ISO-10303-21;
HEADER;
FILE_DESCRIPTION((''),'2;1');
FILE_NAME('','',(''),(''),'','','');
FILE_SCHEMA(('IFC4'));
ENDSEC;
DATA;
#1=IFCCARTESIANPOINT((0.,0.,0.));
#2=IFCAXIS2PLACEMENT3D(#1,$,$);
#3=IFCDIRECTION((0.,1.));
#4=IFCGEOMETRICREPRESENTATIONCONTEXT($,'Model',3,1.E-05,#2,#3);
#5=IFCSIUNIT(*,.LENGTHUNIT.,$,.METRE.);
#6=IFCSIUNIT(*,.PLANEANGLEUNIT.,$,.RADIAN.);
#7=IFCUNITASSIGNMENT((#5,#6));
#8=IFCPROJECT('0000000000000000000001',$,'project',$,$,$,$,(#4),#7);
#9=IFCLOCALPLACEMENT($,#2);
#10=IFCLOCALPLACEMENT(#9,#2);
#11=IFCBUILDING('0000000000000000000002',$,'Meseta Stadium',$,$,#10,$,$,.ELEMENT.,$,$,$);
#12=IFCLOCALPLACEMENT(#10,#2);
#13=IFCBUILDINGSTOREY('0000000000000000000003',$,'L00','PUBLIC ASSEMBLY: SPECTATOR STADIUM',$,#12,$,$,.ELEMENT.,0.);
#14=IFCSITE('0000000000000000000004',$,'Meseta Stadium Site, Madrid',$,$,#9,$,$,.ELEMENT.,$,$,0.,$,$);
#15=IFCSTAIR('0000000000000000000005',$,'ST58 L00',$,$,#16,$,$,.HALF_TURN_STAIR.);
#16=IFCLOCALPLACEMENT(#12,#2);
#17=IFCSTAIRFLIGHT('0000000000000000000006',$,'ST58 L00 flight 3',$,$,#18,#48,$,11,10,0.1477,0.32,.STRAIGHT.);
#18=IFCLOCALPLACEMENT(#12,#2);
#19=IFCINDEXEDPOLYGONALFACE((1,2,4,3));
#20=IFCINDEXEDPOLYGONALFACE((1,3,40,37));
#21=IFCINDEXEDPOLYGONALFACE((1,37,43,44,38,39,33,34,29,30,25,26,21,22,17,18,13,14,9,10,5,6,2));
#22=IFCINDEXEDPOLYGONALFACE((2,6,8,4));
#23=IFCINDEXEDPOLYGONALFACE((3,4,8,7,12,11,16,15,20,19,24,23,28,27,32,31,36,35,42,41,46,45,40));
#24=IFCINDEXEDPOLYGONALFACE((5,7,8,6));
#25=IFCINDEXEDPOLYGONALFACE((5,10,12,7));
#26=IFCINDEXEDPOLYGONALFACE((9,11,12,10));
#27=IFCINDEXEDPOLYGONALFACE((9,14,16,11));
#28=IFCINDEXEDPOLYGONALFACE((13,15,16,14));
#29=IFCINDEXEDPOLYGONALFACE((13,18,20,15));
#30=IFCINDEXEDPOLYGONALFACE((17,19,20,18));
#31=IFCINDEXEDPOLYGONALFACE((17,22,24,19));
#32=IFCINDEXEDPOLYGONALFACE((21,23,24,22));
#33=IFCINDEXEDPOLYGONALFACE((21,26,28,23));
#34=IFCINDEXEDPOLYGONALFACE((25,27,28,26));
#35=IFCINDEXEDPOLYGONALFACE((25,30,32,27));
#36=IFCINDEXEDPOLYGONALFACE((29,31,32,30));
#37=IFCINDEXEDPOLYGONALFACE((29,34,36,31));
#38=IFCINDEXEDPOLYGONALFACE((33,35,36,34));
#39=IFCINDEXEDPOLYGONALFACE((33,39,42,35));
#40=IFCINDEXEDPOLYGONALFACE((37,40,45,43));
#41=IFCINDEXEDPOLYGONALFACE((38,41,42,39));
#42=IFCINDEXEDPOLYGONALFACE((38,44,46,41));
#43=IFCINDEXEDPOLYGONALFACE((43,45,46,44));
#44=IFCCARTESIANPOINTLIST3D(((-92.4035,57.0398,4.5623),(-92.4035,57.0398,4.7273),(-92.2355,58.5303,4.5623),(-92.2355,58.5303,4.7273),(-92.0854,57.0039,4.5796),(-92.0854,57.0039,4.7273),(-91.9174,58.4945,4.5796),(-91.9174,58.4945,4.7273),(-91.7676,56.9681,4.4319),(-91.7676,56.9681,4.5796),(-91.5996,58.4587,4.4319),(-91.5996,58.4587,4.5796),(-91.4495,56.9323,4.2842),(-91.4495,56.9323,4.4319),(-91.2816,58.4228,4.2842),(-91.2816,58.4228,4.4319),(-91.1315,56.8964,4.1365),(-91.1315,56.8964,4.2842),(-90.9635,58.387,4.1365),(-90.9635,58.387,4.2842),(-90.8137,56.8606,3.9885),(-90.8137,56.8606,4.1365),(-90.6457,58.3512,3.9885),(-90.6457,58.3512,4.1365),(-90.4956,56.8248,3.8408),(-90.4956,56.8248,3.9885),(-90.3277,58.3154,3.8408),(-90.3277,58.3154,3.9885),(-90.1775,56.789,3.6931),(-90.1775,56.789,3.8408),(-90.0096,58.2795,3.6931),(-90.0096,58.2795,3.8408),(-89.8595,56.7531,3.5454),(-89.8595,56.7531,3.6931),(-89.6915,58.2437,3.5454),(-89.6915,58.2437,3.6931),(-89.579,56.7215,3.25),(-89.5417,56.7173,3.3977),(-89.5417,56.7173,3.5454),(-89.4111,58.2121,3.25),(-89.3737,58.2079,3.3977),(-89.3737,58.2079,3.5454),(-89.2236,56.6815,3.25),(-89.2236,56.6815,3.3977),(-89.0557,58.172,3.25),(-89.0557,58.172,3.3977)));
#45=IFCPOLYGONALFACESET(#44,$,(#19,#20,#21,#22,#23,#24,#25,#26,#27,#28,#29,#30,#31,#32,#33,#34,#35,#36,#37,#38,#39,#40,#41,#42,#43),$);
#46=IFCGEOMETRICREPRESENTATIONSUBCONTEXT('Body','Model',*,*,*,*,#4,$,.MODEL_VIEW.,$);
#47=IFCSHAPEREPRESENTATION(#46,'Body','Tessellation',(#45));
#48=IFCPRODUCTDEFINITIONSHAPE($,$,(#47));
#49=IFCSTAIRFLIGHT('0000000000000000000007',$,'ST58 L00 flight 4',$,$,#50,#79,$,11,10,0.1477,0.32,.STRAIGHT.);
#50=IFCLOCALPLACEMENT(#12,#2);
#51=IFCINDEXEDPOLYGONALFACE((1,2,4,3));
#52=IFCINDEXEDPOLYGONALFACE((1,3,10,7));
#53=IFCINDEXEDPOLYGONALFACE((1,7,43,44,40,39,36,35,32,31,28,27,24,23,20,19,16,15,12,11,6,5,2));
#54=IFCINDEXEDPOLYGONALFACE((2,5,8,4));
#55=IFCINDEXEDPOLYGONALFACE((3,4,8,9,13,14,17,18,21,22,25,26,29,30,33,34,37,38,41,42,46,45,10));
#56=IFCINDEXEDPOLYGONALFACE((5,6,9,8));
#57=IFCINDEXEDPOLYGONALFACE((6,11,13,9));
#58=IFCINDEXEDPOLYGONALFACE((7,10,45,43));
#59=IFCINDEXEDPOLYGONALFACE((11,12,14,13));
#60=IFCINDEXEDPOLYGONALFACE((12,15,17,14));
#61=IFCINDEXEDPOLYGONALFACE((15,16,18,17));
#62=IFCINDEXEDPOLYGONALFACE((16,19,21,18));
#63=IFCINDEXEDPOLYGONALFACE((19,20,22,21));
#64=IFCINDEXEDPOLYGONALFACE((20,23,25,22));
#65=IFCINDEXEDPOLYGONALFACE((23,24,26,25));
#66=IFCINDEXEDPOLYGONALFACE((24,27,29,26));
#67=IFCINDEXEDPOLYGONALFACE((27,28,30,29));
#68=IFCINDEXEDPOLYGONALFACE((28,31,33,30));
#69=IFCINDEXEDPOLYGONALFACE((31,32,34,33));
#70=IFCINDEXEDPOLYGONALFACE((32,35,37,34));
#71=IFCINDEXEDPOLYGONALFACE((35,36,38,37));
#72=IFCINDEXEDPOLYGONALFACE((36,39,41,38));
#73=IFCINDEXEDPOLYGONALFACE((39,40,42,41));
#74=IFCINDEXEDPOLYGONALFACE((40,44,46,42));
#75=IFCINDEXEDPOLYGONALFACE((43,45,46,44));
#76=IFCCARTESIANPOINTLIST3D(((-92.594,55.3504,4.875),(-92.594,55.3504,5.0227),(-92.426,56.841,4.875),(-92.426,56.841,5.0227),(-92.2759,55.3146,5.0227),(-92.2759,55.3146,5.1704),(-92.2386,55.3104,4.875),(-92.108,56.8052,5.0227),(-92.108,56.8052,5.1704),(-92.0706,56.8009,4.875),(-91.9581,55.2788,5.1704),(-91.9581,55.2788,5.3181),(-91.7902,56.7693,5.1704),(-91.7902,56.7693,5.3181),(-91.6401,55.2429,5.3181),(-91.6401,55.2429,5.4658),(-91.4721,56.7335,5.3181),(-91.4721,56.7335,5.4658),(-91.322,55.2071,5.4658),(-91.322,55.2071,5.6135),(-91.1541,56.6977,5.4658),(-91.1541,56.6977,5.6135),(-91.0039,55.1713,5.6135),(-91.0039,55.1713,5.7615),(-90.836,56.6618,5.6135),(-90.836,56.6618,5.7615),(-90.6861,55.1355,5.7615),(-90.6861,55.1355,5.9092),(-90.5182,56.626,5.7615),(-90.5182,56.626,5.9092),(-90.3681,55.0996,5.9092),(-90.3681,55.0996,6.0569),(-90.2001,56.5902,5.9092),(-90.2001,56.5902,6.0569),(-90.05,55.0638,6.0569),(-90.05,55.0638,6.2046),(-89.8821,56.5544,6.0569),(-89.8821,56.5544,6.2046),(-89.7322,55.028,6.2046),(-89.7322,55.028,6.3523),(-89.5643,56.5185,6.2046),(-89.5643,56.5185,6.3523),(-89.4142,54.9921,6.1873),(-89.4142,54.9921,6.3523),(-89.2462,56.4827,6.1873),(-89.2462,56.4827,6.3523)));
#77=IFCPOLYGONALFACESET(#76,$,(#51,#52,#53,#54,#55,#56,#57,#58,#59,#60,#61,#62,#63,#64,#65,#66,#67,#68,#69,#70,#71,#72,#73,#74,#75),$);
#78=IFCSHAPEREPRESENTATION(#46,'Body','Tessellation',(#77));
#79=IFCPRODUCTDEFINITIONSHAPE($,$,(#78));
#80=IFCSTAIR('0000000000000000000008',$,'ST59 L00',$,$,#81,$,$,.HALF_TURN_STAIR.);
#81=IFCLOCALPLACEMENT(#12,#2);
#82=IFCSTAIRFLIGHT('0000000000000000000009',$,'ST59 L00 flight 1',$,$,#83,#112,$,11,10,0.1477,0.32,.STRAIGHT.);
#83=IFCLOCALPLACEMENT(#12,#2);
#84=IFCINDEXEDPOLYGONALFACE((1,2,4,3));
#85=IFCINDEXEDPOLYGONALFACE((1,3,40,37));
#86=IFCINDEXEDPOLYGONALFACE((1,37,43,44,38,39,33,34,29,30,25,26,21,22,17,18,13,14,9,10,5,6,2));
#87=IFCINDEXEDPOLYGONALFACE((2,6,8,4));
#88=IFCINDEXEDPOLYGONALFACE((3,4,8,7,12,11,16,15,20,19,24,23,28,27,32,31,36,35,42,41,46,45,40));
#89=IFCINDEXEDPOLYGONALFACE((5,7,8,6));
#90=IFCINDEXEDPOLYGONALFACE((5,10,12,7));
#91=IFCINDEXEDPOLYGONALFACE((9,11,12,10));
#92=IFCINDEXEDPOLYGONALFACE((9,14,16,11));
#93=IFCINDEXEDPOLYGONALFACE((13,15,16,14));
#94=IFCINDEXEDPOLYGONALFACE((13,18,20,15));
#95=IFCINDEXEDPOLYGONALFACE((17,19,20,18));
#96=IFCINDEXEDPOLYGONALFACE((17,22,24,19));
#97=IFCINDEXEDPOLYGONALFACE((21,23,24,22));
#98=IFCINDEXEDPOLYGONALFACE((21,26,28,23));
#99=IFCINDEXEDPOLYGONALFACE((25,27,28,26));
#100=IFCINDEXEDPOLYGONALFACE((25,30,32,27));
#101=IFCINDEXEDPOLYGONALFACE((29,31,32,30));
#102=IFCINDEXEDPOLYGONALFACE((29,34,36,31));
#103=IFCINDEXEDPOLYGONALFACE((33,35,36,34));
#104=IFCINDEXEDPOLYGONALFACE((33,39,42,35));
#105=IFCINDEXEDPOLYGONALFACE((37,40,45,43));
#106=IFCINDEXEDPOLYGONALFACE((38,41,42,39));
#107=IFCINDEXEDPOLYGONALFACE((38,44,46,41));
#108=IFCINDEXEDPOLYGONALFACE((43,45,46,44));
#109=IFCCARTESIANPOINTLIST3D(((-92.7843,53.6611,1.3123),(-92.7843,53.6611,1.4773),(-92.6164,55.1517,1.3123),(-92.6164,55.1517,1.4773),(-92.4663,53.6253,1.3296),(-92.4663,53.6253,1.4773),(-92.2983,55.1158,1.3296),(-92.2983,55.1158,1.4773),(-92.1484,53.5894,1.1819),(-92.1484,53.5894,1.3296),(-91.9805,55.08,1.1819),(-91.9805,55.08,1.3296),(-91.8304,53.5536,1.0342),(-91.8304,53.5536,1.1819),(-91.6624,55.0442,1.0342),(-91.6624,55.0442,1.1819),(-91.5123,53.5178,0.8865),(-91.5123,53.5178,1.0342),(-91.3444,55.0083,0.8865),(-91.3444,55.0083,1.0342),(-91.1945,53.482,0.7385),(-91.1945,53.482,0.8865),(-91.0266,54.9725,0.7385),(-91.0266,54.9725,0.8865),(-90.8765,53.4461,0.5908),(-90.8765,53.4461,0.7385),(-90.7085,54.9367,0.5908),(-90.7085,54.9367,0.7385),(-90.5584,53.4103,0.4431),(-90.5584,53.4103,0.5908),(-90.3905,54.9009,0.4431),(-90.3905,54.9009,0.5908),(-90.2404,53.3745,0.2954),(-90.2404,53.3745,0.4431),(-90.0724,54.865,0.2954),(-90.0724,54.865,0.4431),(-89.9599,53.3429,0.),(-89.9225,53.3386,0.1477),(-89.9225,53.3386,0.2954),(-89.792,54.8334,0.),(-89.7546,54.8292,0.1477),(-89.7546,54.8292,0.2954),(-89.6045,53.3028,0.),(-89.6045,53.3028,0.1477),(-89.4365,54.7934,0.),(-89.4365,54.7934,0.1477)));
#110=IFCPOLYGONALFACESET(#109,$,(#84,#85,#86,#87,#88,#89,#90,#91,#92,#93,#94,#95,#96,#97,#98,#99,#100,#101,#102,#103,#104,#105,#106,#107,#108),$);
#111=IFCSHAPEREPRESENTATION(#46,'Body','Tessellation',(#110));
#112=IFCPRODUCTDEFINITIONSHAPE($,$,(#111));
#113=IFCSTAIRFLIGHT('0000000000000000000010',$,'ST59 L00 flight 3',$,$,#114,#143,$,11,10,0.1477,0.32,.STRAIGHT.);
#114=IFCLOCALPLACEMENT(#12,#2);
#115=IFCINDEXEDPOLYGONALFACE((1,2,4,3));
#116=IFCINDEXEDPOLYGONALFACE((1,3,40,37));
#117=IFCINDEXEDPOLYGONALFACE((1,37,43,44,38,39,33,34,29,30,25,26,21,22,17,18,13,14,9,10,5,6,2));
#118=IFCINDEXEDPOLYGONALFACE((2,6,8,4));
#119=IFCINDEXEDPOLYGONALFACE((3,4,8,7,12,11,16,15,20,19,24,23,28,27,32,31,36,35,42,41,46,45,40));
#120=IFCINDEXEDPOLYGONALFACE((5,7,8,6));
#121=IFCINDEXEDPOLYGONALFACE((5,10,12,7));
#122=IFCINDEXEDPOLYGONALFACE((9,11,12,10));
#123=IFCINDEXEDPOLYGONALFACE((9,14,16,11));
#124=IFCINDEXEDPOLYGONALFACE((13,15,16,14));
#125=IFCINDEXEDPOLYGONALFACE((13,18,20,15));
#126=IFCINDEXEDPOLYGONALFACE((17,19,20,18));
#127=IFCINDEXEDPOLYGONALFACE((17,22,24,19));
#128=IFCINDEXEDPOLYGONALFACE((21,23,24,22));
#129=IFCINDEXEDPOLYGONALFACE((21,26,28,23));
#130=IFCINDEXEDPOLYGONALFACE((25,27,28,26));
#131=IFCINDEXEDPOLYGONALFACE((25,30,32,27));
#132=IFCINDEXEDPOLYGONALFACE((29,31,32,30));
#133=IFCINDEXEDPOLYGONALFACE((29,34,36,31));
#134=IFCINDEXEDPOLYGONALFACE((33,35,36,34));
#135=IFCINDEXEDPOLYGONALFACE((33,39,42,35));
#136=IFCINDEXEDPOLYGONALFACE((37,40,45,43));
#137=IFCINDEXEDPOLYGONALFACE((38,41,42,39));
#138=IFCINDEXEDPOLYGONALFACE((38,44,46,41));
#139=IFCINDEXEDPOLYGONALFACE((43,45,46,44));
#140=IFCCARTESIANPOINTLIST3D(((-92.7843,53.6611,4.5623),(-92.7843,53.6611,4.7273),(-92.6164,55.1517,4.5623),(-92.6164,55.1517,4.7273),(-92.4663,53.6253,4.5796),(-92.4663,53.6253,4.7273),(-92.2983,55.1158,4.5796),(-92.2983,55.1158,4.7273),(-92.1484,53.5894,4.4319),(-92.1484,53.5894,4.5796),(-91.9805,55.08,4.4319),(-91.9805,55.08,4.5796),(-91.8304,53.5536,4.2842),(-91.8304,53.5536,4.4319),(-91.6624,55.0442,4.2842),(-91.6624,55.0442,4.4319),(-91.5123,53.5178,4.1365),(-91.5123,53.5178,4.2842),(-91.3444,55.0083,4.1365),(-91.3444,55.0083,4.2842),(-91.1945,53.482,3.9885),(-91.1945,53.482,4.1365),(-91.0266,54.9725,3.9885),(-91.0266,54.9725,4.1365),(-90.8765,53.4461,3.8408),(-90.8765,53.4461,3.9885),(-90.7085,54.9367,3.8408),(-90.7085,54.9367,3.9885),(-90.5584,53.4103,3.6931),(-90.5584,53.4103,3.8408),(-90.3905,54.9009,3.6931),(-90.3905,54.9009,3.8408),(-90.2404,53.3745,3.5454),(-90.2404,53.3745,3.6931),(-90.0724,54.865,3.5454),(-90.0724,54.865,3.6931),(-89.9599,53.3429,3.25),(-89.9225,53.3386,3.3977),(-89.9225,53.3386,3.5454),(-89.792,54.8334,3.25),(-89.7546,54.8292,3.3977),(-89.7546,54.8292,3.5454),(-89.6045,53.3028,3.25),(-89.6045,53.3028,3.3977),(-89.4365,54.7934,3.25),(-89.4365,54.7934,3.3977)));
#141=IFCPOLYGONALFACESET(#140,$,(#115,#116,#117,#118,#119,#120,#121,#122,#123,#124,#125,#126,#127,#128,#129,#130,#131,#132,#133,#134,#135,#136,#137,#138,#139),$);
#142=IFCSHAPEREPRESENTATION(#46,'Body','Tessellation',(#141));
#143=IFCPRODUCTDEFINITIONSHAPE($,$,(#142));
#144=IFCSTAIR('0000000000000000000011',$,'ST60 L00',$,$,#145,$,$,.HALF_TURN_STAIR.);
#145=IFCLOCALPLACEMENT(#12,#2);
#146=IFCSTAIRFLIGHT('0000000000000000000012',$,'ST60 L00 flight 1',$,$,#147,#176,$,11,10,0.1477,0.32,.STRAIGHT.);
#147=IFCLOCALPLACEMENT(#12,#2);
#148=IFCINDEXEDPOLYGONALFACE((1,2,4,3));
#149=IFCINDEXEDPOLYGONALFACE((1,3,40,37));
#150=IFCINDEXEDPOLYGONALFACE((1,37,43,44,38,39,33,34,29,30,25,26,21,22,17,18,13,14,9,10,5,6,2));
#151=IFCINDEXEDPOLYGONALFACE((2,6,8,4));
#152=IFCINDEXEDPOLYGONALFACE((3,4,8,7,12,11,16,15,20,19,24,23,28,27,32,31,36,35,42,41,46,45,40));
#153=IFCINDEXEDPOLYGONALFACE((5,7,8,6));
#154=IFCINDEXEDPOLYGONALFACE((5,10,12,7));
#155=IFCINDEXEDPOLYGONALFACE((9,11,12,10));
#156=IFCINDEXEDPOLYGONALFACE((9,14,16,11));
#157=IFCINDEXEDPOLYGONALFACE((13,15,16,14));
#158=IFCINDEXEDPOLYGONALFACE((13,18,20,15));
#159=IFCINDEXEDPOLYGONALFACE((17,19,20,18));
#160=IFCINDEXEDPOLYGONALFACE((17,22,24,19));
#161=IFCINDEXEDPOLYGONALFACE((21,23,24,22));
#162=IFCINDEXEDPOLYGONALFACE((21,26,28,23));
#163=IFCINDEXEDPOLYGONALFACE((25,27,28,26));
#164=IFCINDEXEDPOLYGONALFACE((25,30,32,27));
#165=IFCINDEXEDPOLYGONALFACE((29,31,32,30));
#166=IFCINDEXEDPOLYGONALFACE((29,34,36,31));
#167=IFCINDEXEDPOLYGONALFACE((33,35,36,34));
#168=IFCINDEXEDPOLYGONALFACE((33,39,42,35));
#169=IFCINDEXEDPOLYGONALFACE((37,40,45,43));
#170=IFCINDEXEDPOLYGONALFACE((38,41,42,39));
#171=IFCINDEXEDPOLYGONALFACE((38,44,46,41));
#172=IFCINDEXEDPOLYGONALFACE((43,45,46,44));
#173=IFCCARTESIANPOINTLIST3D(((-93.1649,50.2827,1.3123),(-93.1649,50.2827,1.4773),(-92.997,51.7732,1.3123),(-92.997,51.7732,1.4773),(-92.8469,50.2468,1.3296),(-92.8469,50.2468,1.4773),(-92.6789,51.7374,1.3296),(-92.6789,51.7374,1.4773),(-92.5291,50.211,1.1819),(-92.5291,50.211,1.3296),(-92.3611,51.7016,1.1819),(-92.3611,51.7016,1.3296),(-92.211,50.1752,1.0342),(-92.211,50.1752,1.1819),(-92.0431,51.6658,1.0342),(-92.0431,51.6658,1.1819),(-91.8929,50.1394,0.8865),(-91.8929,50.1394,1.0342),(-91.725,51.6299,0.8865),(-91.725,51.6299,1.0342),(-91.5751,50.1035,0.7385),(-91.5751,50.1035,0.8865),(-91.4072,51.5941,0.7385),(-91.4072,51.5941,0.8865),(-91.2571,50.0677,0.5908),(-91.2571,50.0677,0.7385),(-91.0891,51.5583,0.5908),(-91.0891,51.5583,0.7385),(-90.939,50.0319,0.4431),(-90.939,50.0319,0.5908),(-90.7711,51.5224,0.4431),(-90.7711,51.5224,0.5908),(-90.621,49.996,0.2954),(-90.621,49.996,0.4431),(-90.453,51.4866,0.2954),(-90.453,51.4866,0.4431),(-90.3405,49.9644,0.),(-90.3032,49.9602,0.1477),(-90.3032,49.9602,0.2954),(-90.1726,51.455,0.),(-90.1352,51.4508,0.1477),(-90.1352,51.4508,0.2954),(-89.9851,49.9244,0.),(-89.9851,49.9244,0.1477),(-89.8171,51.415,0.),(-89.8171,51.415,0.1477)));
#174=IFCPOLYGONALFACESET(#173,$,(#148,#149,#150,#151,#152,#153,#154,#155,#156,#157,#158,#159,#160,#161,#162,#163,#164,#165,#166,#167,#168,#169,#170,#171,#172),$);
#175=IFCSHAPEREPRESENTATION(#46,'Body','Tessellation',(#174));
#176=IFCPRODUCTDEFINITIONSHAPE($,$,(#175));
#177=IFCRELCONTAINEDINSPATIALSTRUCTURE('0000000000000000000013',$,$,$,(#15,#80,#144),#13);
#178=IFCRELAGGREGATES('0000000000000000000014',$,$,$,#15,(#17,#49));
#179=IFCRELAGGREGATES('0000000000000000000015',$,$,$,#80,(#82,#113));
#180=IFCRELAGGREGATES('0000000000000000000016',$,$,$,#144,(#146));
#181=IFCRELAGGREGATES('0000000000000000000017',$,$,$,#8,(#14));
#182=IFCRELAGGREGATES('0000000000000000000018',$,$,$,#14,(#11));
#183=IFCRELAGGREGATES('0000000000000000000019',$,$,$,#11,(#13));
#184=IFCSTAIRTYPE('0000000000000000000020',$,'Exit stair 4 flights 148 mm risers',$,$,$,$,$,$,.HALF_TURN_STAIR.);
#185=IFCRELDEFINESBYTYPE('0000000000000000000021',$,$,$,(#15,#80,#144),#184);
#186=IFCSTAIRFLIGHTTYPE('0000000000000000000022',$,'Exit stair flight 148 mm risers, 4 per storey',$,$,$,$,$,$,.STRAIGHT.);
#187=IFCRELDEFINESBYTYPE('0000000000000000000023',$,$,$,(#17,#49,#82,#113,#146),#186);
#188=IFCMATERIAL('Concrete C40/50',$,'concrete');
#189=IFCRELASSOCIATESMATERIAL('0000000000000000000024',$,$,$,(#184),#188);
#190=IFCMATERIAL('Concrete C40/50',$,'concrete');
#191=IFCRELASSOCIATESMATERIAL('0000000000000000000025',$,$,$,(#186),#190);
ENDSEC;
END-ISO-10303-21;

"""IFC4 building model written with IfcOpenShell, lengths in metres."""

from ifc_helpers import new_model, si_unit, direction, frame, origin, place, context, subcontext, project, spatial, polyline, outline, extrude, material, type_object, element, aggregate, save


model = new_model("IFC4")

# Units and contexts
model_context = context("Model", 3, precision=1e-05, world=origin(), true_north=direction((0.0, 1.0)))
body_context = subcontext(model_context, "Body", "Model", "MODEL_VIEW")
ifc_project = project(units=[si_unit("LENGTHUNIT", "METRE"), si_unit("PLANEANGLEUNIT", "RADIAN")], contexts=[model_context])

# Site, building, storey
site_placement = place(None, origin())
site = spatial("IfcSite", under=ifc_project, at=site_placement, Name="Meseta Stadium Site, Madrid", CompositionType="ELEMENT", RefElevation=0.0)
building_placement = place(site_placement, origin())
building = spatial("IfcBuilding", under=site, at=building_placement, Name="Meseta Stadium", CompositionType="ELEMENT")
storey_placement = place(building_placement, origin())
storey = spatial("IfcBuildingStorey", under=building, at=storey_placement, Name="L00", Description="PUBLIC ASSEMBLY: SPECTATOR STADIUM", CompositionType="ELEMENT", Elevation=0.0)

# Stairs, stair flights
ifc_material_1 = material(Name="Concrete C40/50", Category="concrete")
stair_type = type_object("IfcStairType", Name="Exit stair 4 flights 148 mm risers", PredefinedType="HALF_TURN_STAIR", material=ifc_material_1)
ifc_material_2 = material(Name="Concrete C40/50", Category="concrete")
stair_flight_type = type_object("IfcStairFlightType", Name="Exit stair flight 148 mm risers, 4 per storey", PredefinedType="STRAIGHT", material=ifc_material_2)
stair_1_placement = place(storey_placement, origin())
stair_1 = element("IfcStair", 1, at=stair_1_placement, inside=storey, type_object=stair_type, Name="ST58 L00", PredefinedType="HALF_TURN_STAIR")
stair_flight_1_placement = place(storey_placement, frame((-89.1396, 57.4268, 3.25), z_axis=(0.0, 0.0, 1.0), x_axis=(-0.993712, 0.111964, 0.0)))
stair_flight_1 = element("IfcStairFlight", 2, at=stair_flight_1_placement, type_object=stair_flight_type, Name="ST58 L00 flight 3", NumberOfRisers=11, NumberOfTreads=10, PredefinedType="STRAIGHT", RiserHeight=0.1477, TreadLength=0.32, context=body_context, shape_type="SweptSolid", body=[
    extrude(outline(polyline([(0.0, 0.0), (0.0, 0.1477), (0.3201, 0.1477), (0.3201, 0.2954), (0.6399, 0.2954), (0.6399, 0.4431), (0.96, 0.4431), (0.96, 0.5908), (1.28, 0.5908), (1.28, 0.7385), (1.6001, 0.7385), (1.6001, 0.8865), (1.9199, 0.8865), (1.9199, 1.0342), (2.24, 1.0342), (2.24, 1.1819), (2.5601, 1.1819), (2.5601, 1.3296), (2.8799, 1.3296), (2.8799, 1.4773), (3.2, 1.4773), (3.2, 1.3123), (0.3577, 0.0), (0.0, 0.0)])), frame((0.0, 0.75, 0.0), z_axis=(0.0, -1.0, 0.0), x_axis=(1.0, 0.0, 0.0)), (0.0, 0.0, 1.0), 1.5),
])
stair_flight_2_placement = place(storey_placement, frame((-92.51, 56.0957, 4.875), z_axis=(0.0, 0.0, 1.0), x_axis=(0.993712, -0.111964, 0.0)))
stair_flight_2 = element("IfcStairFlight", 3, at=stair_flight_2_placement, type_object=stair_flight_type, Name="ST58 L00 flight 4", NumberOfRisers=11, NumberOfTreads=10, PredefinedType="STRAIGHT", RiserHeight=0.1477, TreadLength=0.32, context=body_context, shape_type="SweptSolid", body=[
    extrude(outline(polyline([(0.0, 0.0), (0.0, 0.1477), (0.3201, 0.1477), (0.3201, 0.2954), (0.6399, 0.2954), (0.6399, 0.4431), (0.96, 0.4431), (0.96, 0.5908), (1.28, 0.5908), (1.28, 0.7385), (1.6001, 0.7385), (1.6001, 0.8865), (1.9199, 0.8865), (1.9199, 1.0342), (2.24, 1.0342), (2.24, 1.1819), (2.5601, 1.1819), (2.5601, 1.3296), (2.8799, 1.3296), (2.8799, 1.4773), (3.2, 1.4773), (3.2, 1.3123), (0.3577, 0.0), (0.0, 0.0)])), frame((0.0, 0.75, 0.0), z_axis=(0.0, -1.0, 0.0), x_axis=(1.0, 0.0, 0.0)), (0.0, 0.0, 1.0), 1.5),
])
aggregate(stair_1, [stair_flight_1, stair_flight_2])
stair_2_placement = place(storey_placement, origin())
stair_2 = element("IfcStair", 4, at=stair_2_placement, inside=storey, type_object=stair_type, Name="ST59 L00", PredefinedType="HALF_TURN_STAIR")
stair_flight_3_placement = place(storey_placement, frame((-89.5205, 54.0481, 0.0), z_axis=(0.0, 0.0, 1.0), x_axis=(-0.993712, 0.111964, 0.0)))
stair_flight_3 = element("IfcStairFlight", 5, at=stair_flight_3_placement, type_object=stair_flight_type, Name="ST59 L00 flight 1", NumberOfRisers=11, NumberOfTreads=10, PredefinedType="STRAIGHT", RiserHeight=0.1477, TreadLength=0.32, context=body_context, shape_type="SweptSolid", body=[
    extrude(outline(polyline([(0.0, 0.0), (0.0, 0.1477), (0.3201, 0.1477), (0.3201, 0.2954), (0.6399, 0.2954), (0.6399, 0.4431), (0.96, 0.4431), (0.96, 0.5908), (1.28, 0.5908), (1.28, 0.7385), (1.6001, 0.7385), (1.6001, 0.8865), (1.9199, 0.8865), (1.9199, 1.0342), (2.24, 1.0342), (2.24, 1.1819), (2.5601, 1.1819), (2.5601, 1.3296), (2.8799, 1.3296), (2.8799, 1.4773), (3.2, 1.4773), (3.2, 1.3123), (0.3577, 0.0), (0.0, 0.0)])), frame((0.0, 0.75, 0.0), z_axis=(0.0, -1.0, 0.0), x_axis=(1.0, 0.0, 0.0)), (0.0, 0.0, 1.0), 1.5),
])
stair_flight_4_placement = place(storey_placement, frame((-89.5205, 54.0481, 3.25), z_axis=(0.0, 0.0, 1.0), x_axis=(-0.993712, 0.111964, 0.0)))
stair_flight_4 = element("IfcStairFlight", 6, at=stair_flight_4_placement, type_object=stair_flight_type, Name="ST59 L00 flight 3", NumberOfRisers=11, NumberOfTreads=10, PredefinedType="STRAIGHT", RiserHeight=0.1477, TreadLength=0.32, context=body_context, shape_type="SweptSolid", body=[
    extrude(outline(polyline([(0.0, 0.0), (0.0, 0.1477), (0.3201, 0.1477), (0.3201, 0.2954), (0.6399, 0.2954), (0.6399, 0.4431), (0.96, 0.4431), (0.96, 0.5908), (1.28, 0.5908), (1.28, 0.7385), (1.6001, 0.7385), (1.6001, 0.8865), (1.9199, 0.8865), (1.9199, 1.0342), (2.24, 1.0342), (2.24, 1.1819), (2.5601, 1.1819), (2.5601, 1.3296), (2.8799, 1.3296), (2.8799, 1.4773), (3.2, 1.4773), (3.2, 1.3123), (0.3577, 0.0), (0.0, 0.0)])), frame((0.0, 0.75, 0.0), z_axis=(0.0, -1.0, 0.0), x_axis=(1.0, 0.0, 0.0)), (0.0, 0.0, 1.0), 1.5),
])
aggregate(stair_2, [stair_flight_3, stair_flight_4])
stair_3_placement = place(storey_placement, origin())
stair_3 = element("IfcStair", 7, at=stair_3_placement, inside=storey, type_object=stair_type, Name="ST60 L00", PredefinedType="HALF_TURN_STAIR")
stair_flight_5_placement = place(storey_placement, frame((-89.9011, 50.6697, 0.0), z_axis=(0.0, 0.0, 1.0), x_axis=(-0.993712, 0.111964, 0.0)))
stair_flight_5 = element("IfcStairFlight", 8, at=stair_flight_5_placement, type_object=stair_flight_type, Name="ST60 L00 flight 1", NumberOfRisers=11, NumberOfTreads=10, PredefinedType="STRAIGHT", RiserHeight=0.1477, TreadLength=0.32, context=body_context, shape_type="SweptSolid", body=[
    extrude(outline(polyline([(0.0, 0.0), (0.0, 0.1477), (0.3201, 0.1477), (0.3201, 0.2954), (0.6399, 0.2954), (0.6399, 0.4431), (0.96, 0.4431), (0.96, 0.5908), (1.28, 0.5908), (1.28, 0.7385), (1.6001, 0.7385), (1.6001, 0.8865), (1.9199, 0.8865), (1.9199, 1.0342), (2.24, 1.0342), (2.24, 1.1819), (2.5601, 1.1819), (2.5601, 1.3296), (2.8799, 1.3296), (2.8799, 1.4773), (3.2, 1.4773), (3.2, 1.3123), (0.3577, 0.0), (0.0, 0.0)])), frame((0.0, 0.75, 0.0), z_axis=(0.0, -1.0, 0.0), x_axis=(1.0, 0.0, 0.0)), (0.0, 0.0, 1.0), 1.5),
])
aggregate(stair_3, [stair_flight_5])

save(model, "model.ifc")
